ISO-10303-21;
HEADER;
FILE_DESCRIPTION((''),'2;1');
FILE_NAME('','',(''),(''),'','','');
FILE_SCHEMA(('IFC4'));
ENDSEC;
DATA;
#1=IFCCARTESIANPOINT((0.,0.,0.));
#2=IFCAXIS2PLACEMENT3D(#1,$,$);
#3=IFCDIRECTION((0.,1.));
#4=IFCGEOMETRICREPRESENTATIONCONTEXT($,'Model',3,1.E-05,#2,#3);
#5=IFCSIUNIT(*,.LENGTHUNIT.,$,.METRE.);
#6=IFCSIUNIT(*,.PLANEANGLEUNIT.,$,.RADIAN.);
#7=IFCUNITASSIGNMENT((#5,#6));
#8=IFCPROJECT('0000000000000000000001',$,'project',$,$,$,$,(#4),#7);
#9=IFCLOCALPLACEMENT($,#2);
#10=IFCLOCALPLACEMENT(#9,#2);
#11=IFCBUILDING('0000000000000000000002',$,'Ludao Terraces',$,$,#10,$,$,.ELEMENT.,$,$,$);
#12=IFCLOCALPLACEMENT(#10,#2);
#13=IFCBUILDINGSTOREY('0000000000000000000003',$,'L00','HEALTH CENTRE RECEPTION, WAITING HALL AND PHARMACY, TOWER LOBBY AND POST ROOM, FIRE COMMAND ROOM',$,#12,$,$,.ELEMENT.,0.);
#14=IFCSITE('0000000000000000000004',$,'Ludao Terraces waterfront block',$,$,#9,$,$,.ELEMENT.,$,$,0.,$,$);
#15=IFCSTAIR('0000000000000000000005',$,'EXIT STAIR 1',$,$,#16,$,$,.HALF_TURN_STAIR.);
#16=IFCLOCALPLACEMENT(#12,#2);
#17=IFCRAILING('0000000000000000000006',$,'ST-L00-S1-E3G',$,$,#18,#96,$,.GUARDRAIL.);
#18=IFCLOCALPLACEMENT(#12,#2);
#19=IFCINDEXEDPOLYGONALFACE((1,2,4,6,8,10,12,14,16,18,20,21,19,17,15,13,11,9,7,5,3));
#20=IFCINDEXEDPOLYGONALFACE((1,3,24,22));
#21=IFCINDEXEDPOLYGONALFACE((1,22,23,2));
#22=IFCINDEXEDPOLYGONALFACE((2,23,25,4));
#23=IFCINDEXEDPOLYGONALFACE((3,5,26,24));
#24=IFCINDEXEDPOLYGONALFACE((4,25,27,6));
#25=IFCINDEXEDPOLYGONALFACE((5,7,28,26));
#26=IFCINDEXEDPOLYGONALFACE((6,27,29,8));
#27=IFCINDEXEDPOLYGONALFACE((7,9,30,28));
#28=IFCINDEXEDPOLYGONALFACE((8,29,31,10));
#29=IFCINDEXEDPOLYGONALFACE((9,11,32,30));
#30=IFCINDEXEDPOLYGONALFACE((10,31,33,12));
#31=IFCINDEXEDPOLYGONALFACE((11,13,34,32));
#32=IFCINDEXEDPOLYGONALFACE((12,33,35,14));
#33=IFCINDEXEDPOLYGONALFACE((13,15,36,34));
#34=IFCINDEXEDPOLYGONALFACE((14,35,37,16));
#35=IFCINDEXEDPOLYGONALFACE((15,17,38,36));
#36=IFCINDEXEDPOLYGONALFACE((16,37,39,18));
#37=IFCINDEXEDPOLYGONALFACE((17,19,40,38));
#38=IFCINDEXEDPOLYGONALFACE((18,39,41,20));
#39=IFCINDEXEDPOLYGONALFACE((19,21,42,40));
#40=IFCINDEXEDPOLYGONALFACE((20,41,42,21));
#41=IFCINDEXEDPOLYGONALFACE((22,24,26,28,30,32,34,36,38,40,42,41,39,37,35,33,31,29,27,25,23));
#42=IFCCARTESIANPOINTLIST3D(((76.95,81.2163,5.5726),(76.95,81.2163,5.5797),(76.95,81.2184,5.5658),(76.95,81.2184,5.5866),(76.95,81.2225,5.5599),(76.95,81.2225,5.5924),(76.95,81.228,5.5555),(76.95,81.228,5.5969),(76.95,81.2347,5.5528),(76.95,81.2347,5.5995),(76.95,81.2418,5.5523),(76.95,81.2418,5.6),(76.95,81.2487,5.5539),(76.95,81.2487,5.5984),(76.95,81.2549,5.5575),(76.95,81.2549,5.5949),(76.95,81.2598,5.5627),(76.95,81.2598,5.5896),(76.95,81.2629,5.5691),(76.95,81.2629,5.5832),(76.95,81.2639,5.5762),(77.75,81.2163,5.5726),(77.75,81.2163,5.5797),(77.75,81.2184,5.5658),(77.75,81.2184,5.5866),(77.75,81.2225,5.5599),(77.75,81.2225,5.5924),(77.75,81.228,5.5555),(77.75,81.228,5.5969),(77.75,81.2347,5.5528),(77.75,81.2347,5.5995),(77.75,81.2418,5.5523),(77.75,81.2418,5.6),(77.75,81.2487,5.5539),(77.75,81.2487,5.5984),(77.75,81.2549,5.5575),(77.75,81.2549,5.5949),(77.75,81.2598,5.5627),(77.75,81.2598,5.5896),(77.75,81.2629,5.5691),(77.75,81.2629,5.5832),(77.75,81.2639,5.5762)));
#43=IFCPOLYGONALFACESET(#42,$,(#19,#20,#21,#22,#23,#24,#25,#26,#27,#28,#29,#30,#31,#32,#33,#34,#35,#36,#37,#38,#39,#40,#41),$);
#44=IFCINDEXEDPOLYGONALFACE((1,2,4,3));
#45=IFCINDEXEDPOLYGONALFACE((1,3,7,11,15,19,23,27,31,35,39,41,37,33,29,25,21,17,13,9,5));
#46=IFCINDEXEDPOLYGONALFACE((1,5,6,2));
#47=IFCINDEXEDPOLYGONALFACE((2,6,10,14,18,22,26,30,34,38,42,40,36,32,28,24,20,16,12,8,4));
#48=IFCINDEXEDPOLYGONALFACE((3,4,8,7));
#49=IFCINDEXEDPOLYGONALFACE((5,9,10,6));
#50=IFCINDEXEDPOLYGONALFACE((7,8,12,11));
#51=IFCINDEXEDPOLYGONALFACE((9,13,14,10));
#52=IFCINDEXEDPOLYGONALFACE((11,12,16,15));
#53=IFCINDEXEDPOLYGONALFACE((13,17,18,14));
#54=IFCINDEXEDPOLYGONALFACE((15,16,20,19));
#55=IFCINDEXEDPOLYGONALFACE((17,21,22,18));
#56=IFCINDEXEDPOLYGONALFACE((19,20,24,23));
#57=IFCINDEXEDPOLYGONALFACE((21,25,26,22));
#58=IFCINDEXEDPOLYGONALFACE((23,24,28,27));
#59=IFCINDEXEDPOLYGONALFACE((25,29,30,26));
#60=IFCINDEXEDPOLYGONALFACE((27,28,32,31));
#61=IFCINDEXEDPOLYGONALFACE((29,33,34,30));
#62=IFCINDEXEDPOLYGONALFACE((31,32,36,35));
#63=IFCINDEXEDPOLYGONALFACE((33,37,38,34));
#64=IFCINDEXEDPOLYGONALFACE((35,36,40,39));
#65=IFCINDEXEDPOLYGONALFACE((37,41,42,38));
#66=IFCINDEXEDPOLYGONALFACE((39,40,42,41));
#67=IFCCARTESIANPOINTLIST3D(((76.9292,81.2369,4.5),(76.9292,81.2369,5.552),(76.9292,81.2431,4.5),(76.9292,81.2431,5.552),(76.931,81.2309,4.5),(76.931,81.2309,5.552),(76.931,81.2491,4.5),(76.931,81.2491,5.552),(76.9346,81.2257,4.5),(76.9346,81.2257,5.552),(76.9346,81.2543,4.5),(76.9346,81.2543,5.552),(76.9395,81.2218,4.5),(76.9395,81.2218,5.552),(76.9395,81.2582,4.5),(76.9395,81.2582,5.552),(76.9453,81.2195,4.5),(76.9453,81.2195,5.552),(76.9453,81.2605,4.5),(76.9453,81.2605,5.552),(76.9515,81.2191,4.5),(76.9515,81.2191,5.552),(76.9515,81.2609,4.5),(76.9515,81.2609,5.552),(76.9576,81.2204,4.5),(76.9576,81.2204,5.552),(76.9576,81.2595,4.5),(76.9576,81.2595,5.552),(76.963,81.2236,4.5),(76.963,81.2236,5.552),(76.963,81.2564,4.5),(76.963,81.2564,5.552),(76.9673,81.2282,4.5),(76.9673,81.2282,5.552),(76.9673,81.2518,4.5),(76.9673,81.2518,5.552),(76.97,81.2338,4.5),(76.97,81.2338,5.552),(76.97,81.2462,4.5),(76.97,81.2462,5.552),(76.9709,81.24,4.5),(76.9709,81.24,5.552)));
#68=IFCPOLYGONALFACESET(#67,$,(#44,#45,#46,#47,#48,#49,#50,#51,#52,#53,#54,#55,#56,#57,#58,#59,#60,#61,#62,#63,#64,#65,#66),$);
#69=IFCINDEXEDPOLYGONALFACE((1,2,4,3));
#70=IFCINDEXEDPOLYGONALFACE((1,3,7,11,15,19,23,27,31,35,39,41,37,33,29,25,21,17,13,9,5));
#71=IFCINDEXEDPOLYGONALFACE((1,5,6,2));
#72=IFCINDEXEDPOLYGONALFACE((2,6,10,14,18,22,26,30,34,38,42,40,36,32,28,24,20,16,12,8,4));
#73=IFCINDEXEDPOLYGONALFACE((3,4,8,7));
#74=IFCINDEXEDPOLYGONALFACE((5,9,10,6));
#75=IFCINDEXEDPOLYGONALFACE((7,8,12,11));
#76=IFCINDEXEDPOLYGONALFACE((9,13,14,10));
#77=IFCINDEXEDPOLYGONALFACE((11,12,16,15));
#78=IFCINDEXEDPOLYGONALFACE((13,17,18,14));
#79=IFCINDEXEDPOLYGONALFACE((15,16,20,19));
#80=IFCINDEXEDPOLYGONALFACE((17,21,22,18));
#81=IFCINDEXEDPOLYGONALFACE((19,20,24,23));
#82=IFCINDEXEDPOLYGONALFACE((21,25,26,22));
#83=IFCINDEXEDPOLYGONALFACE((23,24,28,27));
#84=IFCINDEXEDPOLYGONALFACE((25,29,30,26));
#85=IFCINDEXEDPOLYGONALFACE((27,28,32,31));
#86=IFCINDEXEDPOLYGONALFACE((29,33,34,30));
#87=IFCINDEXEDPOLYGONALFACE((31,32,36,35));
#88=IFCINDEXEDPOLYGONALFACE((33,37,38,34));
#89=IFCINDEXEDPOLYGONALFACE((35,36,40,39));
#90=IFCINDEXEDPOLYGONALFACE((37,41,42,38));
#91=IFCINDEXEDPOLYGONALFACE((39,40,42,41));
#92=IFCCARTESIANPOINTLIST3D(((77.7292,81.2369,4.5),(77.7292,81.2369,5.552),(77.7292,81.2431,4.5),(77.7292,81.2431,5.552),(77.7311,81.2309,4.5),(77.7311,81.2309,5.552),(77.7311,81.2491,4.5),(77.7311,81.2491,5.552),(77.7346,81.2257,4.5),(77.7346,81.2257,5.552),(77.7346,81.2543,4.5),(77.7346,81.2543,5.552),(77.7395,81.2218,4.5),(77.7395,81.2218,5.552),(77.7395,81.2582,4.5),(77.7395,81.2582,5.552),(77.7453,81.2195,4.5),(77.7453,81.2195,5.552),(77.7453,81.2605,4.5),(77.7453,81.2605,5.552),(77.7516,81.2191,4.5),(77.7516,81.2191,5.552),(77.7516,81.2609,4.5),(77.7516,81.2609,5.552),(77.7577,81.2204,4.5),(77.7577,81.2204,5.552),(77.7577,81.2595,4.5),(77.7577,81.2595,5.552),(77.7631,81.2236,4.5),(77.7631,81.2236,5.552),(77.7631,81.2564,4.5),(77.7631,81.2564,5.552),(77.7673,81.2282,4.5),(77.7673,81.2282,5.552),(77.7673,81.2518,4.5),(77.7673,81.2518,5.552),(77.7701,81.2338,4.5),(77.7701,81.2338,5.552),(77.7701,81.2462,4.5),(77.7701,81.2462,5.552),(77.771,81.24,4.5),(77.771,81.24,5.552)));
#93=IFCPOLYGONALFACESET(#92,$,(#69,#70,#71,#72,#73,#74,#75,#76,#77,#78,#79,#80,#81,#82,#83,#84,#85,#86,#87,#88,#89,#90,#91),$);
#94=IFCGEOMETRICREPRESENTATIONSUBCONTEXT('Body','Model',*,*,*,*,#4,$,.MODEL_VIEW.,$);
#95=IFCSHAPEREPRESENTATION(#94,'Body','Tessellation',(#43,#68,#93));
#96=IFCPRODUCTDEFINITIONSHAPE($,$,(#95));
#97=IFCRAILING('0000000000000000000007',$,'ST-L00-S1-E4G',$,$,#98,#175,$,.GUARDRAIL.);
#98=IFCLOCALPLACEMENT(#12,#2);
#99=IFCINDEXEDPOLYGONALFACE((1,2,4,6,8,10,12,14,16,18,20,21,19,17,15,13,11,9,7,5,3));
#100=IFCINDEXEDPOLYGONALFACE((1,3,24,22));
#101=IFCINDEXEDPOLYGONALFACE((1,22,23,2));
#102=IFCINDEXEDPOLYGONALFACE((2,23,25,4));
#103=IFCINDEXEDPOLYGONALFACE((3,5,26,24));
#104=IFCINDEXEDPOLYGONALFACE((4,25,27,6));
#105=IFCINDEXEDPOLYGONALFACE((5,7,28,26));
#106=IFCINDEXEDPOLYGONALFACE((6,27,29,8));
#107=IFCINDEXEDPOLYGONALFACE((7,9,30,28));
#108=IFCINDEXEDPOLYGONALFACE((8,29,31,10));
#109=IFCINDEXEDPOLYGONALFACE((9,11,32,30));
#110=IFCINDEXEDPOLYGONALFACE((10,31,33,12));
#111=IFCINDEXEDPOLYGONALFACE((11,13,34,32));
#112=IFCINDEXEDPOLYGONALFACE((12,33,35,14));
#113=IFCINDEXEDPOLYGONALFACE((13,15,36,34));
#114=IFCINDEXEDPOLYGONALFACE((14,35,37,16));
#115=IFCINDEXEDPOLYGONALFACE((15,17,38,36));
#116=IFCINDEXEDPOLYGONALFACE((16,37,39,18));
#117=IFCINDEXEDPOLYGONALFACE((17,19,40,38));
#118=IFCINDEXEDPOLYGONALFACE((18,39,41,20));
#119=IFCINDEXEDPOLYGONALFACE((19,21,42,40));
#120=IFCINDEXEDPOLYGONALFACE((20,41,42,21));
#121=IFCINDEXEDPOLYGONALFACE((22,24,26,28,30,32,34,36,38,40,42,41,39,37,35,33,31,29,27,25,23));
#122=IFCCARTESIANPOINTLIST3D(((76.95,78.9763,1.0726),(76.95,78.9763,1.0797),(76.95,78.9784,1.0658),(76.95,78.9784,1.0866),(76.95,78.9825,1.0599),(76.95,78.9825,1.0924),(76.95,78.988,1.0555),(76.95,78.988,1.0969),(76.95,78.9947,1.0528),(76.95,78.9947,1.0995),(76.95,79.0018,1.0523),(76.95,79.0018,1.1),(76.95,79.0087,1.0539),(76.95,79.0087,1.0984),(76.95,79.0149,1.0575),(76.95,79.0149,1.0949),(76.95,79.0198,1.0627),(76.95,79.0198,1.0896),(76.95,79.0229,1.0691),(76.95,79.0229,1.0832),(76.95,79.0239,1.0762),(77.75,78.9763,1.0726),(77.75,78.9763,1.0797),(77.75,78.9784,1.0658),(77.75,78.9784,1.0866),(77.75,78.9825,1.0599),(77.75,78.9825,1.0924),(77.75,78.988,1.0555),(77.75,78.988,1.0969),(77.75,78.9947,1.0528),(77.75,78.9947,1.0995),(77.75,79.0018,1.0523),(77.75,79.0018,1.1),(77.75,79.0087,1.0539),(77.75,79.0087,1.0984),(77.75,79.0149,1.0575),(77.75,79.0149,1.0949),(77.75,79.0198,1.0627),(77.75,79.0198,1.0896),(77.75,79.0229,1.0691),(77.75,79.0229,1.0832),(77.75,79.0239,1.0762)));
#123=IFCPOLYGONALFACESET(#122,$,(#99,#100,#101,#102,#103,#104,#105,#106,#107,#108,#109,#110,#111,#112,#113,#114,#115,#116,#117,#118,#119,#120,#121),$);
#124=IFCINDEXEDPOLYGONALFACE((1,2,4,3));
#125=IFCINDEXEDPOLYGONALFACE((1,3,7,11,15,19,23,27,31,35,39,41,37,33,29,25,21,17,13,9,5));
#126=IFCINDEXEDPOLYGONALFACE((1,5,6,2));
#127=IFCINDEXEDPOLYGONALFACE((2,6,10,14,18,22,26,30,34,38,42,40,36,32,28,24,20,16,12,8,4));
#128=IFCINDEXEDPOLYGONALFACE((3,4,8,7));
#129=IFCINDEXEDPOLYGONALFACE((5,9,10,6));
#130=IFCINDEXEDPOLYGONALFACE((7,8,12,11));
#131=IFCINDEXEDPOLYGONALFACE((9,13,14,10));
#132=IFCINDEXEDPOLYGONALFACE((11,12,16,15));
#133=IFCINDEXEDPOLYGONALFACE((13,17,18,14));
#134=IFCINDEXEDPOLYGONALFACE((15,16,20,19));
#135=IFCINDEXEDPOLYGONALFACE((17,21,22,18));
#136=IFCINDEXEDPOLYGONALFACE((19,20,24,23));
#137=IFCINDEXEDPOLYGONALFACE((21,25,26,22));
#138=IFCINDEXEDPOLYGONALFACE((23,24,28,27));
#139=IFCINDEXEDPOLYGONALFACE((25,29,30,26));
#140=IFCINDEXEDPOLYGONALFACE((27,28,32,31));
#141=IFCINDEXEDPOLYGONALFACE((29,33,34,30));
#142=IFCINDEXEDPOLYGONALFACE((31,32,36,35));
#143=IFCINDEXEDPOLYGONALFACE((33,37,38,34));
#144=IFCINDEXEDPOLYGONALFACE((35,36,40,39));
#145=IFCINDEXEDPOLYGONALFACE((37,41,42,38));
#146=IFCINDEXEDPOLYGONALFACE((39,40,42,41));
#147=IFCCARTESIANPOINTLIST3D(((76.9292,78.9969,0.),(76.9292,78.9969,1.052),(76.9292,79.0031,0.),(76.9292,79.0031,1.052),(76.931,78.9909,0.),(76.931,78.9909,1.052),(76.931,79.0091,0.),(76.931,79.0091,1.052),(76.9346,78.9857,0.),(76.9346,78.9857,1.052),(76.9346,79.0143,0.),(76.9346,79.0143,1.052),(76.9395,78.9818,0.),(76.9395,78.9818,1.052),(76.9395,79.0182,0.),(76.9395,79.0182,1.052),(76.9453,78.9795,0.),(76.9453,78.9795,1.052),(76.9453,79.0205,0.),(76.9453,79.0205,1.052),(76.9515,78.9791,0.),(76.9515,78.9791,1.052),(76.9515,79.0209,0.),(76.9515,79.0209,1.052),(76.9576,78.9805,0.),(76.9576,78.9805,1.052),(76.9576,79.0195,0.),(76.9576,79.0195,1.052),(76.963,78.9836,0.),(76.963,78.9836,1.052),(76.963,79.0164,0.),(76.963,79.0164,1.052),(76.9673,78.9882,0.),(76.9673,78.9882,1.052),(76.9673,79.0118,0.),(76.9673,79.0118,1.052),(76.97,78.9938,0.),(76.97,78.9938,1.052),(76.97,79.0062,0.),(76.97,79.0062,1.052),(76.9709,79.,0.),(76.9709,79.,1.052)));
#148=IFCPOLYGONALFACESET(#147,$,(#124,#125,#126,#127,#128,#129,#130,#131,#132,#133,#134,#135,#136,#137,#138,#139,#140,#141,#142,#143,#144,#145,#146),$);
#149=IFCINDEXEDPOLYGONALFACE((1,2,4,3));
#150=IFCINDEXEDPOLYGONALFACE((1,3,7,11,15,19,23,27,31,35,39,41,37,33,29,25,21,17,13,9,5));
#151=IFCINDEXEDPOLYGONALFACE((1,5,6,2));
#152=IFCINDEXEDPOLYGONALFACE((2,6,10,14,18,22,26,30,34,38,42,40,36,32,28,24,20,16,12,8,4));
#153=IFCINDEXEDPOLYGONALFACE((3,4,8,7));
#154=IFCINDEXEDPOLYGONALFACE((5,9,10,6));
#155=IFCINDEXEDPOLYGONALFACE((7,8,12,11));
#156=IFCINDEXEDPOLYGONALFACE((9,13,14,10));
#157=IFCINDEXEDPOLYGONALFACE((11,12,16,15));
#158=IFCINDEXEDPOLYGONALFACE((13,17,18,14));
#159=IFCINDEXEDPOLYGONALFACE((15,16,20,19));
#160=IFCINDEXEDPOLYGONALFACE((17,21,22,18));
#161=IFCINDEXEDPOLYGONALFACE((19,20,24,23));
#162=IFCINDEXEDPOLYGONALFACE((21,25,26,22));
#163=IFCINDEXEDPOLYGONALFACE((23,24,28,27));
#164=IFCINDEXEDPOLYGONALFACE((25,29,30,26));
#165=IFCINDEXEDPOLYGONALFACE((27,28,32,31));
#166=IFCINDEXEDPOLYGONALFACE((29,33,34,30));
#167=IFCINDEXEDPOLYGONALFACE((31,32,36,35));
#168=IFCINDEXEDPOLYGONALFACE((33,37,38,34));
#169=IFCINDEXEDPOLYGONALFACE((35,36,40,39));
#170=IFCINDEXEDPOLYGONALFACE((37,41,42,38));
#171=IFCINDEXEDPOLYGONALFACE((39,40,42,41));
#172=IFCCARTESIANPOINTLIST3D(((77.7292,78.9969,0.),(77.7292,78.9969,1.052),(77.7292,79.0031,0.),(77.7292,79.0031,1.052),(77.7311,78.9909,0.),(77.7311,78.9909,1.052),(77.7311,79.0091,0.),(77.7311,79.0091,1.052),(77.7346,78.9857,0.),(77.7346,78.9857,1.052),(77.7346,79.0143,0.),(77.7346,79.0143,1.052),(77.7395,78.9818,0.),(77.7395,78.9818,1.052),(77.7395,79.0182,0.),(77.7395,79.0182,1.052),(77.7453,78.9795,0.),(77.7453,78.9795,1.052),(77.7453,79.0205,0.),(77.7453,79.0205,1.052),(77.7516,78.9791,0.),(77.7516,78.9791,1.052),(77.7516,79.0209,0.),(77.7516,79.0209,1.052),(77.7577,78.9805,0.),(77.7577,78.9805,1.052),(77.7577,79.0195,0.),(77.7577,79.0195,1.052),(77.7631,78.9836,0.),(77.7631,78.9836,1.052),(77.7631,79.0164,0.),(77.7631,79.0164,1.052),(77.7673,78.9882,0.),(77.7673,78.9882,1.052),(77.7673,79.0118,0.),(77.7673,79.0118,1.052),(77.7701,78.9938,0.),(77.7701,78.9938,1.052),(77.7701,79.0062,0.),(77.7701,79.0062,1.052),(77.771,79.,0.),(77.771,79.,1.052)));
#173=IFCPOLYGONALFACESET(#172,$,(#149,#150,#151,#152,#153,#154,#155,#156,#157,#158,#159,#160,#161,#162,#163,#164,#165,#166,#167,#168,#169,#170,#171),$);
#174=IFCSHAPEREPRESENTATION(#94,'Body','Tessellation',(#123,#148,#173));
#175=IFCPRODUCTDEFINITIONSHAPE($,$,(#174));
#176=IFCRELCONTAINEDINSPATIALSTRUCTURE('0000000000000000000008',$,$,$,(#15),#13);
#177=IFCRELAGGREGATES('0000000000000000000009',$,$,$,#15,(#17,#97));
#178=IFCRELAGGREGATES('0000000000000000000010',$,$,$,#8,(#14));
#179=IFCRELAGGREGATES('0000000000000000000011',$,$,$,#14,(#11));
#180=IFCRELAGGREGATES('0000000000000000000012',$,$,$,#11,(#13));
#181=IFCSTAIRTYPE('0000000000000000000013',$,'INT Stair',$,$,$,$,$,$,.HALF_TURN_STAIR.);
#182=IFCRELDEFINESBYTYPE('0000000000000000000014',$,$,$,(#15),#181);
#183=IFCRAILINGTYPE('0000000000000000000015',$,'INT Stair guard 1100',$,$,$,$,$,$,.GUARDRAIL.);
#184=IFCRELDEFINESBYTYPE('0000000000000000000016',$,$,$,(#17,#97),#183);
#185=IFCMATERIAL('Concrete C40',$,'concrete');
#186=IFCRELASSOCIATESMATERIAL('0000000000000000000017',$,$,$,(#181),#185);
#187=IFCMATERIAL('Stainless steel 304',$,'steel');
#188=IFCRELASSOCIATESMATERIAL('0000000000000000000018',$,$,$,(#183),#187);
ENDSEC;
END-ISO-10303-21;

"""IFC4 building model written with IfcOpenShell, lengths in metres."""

from ifc_helpers import new_model, si_unit, direction, frame, origin, origin_2d, place, context, subcontext, project, spatial, circle, extrude, material, type_object, element, aggregate, save


model = new_model("IFC4")

# Units and contexts
model_context = context("Model", 3, precision=1e-05, world=origin(), true_north=direction((0.0, 1.0)))
body_context = subcontext(model_context, "Body", "Model", "MODEL_VIEW")
ifc_project = project(units=[si_unit("LENGTHUNIT", "METRE"), si_unit("PLANEANGLEUNIT", "RADIAN")], contexts=[model_context])

# Site, building, storey
site_placement = place(None, origin())
site = spatial("IfcSite", under=ifc_project, at=site_placement, Name="Ludao Terraces waterfront block", CompositionType="ELEMENT", RefElevation=0.0)
building_placement = place(site_placement, origin())
building = spatial("IfcBuilding", under=site, at=building_placement, Name="Ludao Terraces", CompositionType="ELEMENT")
storey_placement = place(building_placement, origin())
storey = spatial("IfcBuildingStorey", under=building, at=storey_placement, Name="L00", Description="HEALTH CENTRE RECEPTION, WAITING HALL AND PHARMACY, TOWER LOBBY AND POST ROOM, FIRE COMMAND ROOM", CompositionType="ELEMENT", Elevation=0.0)

# Shared definitions
ifc_material_1 = material(Name="Concrete C40", Category="concrete")

# Stair, railings
stair_type = type_object("IfcStairType", Name="INT Stair", PredefinedType="HALF_TURN_STAIR", material=ifc_material_1)
stair_placement = place(storey_placement, origin())
stair = element("IfcStair", 1, at=stair_placement, inside=storey, type_object=stair_type, Name="EXIT STAIR 1", PredefinedType="HALF_TURN_STAIR")
ifc_material_2 = material(Name="Stainless steel 304", Category="steel")
railing_type_1 = type_object("IfcRailingType", Name="INT Stair guard 1100", PredefinedType="GUARDRAIL", material=ifc_material_2)
railing_1_placement = place(storey_placement, frame((76.95, 81.24, 4.5)))
railing_1 = element("IfcRailing", 2, at=railing_1_placement, type_object=railing_type_1, Name="ST-L00-S1-E3G", PredefinedType="GUARDRAIL", context=body_context, shape_type="SweptSolid", body=[
    extrude(circle(Radius=0.0239, at=origin_2d()), frame((0.0, 0.0, 1.0762), z_axis=(1.0, 0.0, 0.0), x_axis=(0.0, 1.0, 0.0)), (0.0, 0.0, 1.0), 0.8),
    extrude(circle(Radius=0.021, at=origin_2d()), origin(), (0.0, 0.0, 1.0), 1.052),
    extrude(circle(Radius=0.021, at=origin_2d()), frame((0.8, 0.0, 0.0)), (0.0, 0.0, 1.0), 1.052),
])
railing_2_placement = place(storey_placement, frame((76.95, 79.0, 0.0)))
railing_2 = element("IfcRailing", 3, at=railing_2_placement, type_object=railing_type_1, Name="ST-L00-S1-E4G", PredefinedType="GUARDRAIL", context=body_context, shape_type="SweptSolid", body=[
    extrude(circle(Radius=0.0239, at=origin_2d()), frame((0.0, 0.0, 1.0762), z_axis=(1.0, 0.0, 0.0), x_axis=(0.0, 1.0, 0.0)), (0.0, 0.0, 1.0), 0.8),
    extrude(circle(Radius=0.021, at=origin_2d()), origin(), (0.0, 0.0, 1.0), 1.052),
    extrude(circle(Radius=0.021, at=origin_2d()), frame((0.8, 0.0, 0.0)), (0.0, 0.0, 1.0), 1.052),
])
aggregate(stair, [railing_1, railing_2])

save(model, "model.ifc")
